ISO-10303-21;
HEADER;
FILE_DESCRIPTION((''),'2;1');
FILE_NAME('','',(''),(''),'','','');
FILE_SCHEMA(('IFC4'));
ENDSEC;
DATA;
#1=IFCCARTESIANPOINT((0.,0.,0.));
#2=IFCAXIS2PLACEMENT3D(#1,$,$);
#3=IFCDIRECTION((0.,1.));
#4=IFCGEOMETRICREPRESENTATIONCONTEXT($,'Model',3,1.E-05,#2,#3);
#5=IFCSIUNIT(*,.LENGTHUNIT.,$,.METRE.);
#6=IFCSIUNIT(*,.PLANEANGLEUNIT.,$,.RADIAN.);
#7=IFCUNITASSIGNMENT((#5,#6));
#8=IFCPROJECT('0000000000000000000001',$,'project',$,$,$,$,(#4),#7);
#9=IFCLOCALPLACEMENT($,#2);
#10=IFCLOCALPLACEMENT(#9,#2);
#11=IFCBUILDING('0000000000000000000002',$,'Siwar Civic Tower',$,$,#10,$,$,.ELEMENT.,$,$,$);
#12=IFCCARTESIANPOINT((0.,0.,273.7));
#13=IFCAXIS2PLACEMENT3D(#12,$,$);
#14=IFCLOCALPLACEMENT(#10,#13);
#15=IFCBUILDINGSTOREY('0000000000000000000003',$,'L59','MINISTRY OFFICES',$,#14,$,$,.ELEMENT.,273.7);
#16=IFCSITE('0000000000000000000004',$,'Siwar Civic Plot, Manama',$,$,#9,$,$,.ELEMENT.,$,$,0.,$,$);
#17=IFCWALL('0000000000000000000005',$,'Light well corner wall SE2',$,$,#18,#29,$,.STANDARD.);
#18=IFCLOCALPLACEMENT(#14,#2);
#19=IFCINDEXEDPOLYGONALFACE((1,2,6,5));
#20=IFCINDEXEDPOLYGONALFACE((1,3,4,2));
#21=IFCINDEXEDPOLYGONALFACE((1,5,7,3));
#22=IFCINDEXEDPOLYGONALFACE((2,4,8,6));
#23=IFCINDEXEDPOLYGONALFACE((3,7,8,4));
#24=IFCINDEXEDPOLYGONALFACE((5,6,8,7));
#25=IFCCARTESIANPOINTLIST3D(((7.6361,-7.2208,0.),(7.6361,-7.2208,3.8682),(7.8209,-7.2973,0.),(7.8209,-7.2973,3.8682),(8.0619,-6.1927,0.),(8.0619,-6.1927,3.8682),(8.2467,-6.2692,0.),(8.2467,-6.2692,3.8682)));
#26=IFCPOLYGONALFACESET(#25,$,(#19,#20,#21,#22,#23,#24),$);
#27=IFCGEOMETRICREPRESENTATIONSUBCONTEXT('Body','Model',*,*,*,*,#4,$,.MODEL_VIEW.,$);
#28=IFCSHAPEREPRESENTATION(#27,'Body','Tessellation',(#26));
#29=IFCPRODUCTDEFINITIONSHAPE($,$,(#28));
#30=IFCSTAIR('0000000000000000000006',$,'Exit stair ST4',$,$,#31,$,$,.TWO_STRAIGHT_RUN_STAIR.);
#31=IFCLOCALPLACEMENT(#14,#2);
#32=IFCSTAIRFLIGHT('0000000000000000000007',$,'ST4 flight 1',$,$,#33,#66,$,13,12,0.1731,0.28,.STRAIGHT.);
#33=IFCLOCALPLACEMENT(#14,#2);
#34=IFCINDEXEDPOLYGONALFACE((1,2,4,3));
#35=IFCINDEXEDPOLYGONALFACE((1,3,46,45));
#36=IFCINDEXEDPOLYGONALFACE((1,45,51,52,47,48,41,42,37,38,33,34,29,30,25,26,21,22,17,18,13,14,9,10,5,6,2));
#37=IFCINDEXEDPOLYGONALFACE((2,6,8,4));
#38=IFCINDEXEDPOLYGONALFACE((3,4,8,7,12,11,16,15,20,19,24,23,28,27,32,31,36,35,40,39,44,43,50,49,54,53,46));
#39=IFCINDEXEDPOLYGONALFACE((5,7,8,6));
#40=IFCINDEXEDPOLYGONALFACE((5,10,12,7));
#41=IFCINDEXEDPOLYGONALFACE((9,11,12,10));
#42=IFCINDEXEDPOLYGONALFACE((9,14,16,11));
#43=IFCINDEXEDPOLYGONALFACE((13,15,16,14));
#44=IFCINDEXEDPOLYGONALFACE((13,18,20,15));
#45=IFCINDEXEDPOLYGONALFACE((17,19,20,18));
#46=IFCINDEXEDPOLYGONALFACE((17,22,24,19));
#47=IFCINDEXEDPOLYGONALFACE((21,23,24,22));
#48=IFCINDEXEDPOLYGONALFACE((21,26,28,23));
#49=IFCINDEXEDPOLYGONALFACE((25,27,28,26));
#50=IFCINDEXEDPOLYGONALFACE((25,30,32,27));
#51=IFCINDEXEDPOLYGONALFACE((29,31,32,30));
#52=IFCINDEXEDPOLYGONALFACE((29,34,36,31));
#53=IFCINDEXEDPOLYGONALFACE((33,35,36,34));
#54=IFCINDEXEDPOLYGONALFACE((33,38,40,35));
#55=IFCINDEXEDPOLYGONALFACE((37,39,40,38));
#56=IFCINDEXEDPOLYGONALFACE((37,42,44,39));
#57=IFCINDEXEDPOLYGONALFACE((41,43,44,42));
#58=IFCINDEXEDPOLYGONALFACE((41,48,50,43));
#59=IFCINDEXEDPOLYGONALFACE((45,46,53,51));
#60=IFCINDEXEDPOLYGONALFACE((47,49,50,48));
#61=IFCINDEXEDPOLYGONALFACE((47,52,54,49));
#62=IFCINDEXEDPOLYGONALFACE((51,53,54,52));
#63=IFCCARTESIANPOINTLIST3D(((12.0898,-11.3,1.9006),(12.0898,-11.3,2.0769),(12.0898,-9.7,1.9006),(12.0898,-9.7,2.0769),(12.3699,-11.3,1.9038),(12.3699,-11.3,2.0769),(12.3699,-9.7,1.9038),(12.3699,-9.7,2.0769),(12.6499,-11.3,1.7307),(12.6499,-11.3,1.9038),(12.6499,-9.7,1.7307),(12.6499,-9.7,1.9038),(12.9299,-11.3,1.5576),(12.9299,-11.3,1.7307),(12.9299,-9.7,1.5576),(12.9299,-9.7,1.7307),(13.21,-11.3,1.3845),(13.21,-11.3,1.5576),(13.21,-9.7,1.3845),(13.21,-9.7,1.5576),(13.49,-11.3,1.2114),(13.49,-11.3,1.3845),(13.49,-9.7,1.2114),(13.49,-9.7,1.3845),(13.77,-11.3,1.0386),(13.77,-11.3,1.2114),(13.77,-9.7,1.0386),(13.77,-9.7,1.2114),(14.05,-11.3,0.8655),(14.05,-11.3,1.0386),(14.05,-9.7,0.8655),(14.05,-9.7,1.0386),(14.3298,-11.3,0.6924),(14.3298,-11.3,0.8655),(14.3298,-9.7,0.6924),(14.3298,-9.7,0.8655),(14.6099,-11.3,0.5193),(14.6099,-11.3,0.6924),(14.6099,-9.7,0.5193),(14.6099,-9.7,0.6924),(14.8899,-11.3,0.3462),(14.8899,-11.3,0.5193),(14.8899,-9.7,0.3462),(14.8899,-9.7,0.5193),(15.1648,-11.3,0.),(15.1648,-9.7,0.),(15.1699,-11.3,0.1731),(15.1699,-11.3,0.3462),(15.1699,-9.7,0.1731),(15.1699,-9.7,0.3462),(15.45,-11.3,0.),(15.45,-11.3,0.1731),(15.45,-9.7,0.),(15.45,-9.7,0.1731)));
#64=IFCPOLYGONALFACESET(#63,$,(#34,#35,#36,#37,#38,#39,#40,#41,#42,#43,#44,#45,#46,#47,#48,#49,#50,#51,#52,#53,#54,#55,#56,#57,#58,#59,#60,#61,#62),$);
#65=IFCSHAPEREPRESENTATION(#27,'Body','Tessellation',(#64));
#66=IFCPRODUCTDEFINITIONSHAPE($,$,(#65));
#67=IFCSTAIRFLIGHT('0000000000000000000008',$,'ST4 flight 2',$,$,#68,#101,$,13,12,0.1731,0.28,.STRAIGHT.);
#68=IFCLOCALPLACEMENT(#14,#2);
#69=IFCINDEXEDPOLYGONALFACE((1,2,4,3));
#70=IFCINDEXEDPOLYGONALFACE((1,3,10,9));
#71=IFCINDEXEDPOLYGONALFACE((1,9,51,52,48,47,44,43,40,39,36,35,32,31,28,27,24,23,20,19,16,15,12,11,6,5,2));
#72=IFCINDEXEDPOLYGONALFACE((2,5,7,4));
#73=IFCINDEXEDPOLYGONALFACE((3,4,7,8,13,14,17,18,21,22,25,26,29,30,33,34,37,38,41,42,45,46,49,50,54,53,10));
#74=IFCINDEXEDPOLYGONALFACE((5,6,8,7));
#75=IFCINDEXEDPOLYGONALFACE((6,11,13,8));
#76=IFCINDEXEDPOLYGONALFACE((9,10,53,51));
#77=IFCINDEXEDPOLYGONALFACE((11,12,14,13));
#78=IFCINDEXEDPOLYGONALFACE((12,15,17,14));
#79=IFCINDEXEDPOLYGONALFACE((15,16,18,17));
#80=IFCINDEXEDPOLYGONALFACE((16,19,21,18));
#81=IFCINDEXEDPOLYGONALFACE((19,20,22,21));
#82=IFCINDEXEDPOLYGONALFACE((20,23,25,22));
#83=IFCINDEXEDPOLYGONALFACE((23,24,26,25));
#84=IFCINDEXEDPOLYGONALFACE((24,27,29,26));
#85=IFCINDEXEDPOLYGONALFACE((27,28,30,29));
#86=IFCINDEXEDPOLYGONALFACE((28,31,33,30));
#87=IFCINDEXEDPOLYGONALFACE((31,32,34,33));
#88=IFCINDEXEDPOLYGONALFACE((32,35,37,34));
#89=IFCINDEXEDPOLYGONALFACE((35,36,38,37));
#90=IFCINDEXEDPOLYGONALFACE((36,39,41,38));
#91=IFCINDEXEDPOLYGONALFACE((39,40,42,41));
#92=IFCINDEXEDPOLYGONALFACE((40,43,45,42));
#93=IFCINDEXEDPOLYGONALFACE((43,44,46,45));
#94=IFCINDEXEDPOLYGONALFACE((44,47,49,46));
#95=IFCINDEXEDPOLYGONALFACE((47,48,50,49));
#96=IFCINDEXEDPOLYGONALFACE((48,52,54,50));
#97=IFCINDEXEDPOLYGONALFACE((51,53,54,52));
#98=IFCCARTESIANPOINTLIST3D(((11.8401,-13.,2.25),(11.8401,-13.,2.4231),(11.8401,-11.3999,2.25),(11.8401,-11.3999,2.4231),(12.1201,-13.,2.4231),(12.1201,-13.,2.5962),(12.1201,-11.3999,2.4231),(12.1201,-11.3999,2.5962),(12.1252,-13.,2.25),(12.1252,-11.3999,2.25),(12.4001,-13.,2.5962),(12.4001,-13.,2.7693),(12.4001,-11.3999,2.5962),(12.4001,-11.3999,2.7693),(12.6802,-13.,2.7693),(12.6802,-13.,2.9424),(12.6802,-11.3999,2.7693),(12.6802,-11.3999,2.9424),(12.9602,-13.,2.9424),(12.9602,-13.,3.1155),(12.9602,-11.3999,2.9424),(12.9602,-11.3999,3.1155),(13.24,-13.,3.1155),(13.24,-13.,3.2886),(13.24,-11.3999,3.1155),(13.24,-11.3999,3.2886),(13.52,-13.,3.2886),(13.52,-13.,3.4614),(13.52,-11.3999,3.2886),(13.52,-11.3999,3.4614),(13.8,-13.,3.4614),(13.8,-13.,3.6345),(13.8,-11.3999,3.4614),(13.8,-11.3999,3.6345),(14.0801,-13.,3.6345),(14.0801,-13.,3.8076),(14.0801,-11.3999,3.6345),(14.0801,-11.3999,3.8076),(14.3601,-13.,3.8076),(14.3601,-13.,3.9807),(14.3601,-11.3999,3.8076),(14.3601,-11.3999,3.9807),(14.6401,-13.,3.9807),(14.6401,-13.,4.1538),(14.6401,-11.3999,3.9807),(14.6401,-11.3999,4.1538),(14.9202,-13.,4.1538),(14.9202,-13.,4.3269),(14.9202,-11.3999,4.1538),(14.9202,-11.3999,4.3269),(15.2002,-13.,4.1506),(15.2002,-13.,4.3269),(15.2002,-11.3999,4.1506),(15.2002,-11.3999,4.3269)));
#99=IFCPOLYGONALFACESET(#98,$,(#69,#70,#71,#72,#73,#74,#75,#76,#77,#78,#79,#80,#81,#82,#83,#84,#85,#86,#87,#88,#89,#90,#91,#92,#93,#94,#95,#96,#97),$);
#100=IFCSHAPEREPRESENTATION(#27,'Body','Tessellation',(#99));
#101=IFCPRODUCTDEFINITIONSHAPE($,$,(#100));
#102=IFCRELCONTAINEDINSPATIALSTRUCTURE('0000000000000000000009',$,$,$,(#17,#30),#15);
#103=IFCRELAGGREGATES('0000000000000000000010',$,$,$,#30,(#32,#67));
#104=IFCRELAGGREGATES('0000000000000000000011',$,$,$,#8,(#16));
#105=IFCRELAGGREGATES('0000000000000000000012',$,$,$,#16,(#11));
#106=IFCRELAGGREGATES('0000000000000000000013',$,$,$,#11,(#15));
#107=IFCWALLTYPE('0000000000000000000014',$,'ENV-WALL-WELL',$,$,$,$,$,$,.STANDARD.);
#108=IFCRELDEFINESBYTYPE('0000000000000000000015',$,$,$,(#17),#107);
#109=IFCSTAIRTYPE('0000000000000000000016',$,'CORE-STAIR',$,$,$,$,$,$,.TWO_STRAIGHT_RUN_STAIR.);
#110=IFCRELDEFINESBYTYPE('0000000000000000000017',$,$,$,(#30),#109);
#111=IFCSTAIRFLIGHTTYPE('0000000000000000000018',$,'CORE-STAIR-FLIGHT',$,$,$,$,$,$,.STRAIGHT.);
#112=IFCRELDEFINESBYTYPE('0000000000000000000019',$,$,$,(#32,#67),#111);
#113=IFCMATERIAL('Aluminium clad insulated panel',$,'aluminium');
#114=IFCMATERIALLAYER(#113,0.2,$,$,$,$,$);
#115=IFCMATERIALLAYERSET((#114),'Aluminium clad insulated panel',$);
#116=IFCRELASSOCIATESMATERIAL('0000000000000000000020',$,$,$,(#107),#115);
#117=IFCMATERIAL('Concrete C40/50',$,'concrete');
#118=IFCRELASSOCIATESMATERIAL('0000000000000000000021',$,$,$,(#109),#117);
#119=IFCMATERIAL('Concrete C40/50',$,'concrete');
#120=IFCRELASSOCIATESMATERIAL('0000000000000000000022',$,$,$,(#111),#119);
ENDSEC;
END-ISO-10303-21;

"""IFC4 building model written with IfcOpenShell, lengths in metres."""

from ifc_helpers import new_model, si_unit, direction, frame, frame_2d, origin, place, context, subcontext, project, spatial, polyline, rectangle, outline, extrude, material, layer, layer_set, type_object, element, aggregate, save


model = new_model("IFC4")

# Units and contexts
model_context = context("Model", 3, precision=1e-05, world=origin(), true_north=direction((0.0, 1.0)))
body_context = subcontext(model_context, "Body", "Model", "MODEL_VIEW")
ifc_project = project(units=[si_unit("LENGTHUNIT", "METRE"), si_unit("PLANEANGLEUNIT", "RADIAN")], contexts=[model_context])

# Site, building, storey
site_placement = place(None, origin())
site = spatial("IfcSite", under=ifc_project, at=site_placement, Name="Siwar Civic Plot, Manama", CompositionType="ELEMENT", RefElevation=0.0)
building_placement = place(site_placement, origin())
building = spatial("IfcBuilding", under=site, at=building_placement, Name="Siwar Civic Tower", CompositionType="ELEMENT")
storey_placement = place(building_placement, frame((0.0, 0.0, 273.7)))
storey = spatial("IfcBuildingStorey", under=building, at=storey_placement, Name="L59", Description="MINISTRY OFFICES", CompositionType="ELEMENT", Elevation=273.7)

# Wall
ifc_material_1 = material(Name="Aluminium clad insulated panel", Category="aluminium")
ifc_layer_1 = layer(ifc_material_1, 0.2)
ifc_layer_set_1 = layer_set([ifc_layer_1], Name="Aluminium clad insulated panel")
wall_type_1 = type_object("IfcWallType", Name="ENV-WALL-WELL", PredefinedType="STANDARD", material=ifc_layer_set_1)
wall_1_placement = place(storey_placement, frame((7.7285, -7.259, 0.0), z_axis=(0.0, 0.0, 1.0), x_axis=(0.382636, 0.923899, 0.0)))
element("IfcWall", 1, at=wall_1_placement, inside=storey, type_object=wall_type_1, Name="Light well corner wall SE2", PredefinedType="STANDARD", context=body_context, shape_type="SweptSolid", body=[
    extrude(rectangle(XDim=1.1128, YDim=0.2, at=frame_2d((0.5564, 0.0))), origin(), (0.0, 0.0, 1.0), 3.8682),
])

# Stair, stair flights
ifc_material_2 = material(Name="Concrete C40/50", Category="concrete")
stair_type = type_object("IfcStairType", Name="CORE-STAIR", PredefinedType="TWO_STRAIGHT_RUN_STAIR", material=ifc_material_2)
stair_placement = place(storey_placement, origin())
stair = element("IfcStair", 2, at=stair_placement, inside=storey, type_object=stair_type, Name="Exit stair ST4", PredefinedType="TWO_STRAIGHT_RUN_STAIR")
ifc_material_3 = material(Name="Concrete C40/50", Category="concrete")
stair_flight_type = type_object("IfcStairFlightType", Name="CORE-STAIR-FLIGHT", PredefinedType="STRAIGHT", material=ifc_material_3)
stair_flight_1_placement = place(storey_placement, frame((15.45, -10.5, 0.0), z_axis=(0.0, 0.0, 1.0), x_axis=(-1.0, 0.0, 0.0)))
stair_flight_1 = element("IfcStairFlight", 3, at=stair_flight_1_placement, type_object=stair_flight_type, Name="ST4 flight 1", NumberOfRisers=13, NumberOfTreads=12, PredefinedType="STRAIGHT", RiserHeight=0.1731, TreadLength=0.28, context=body_context, shape_type="SweptSolid", body=[
    extrude(outline(polyline([(0.0, 0.0), (0.0, 0.1731), (0.28, 0.1731), (0.28, 0.3462), (0.5601, 0.3462), (0.5601, 0.5193), (0.8401, 0.5193), (0.8401, 0.6924), (1.1201, 0.6924), (1.1201, 0.8655), (1.3999, 0.8655), (1.3999, 1.0386), (1.6799, 1.0386), (1.6799, 1.2114), (1.96, 1.2114), (1.96, 1.3845), (2.24, 1.3845), (2.24, 1.5576), (2.52, 1.5576), (2.52, 1.7307), (2.8, 1.7307), (2.8, 1.9038), (3.0801, 1.9038), (3.0801, 2.0769), (3.3601, 2.0769), (3.3601, 2.25), (3.3601, 1.9006), (0.2852, 0.0), (0.0, 0.0)])), frame((0.0, 0.8, 0.0), z_axis=(0.0, -1.0, 0.0), x_axis=(1.0, 0.0, 0.0)), (0.0, 0.0, 1.0), 1.6001),
])
stair_flight_2_placement = place(storey_placement, frame((11.8401, -12.2, 2.25), z_axis=(0.0, 0.0, 1.0), x_axis=(1.0, 0.0, 0.0)))
stair_flight_2 = element("IfcStairFlight", 4, at=stair_flight_2_placement, type_object=stair_flight_type, Name="ST4 flight 2", NumberOfRisers=13, NumberOfTreads=12, PredefinedType="STRAIGHT", RiserHeight=0.1731, TreadLength=0.28, context=body_context, shape_type="SweptSolid", body=[
    extrude(outline(polyline([(0.0, 0.0), (0.0, 0.1731), (0.28, 0.1731), (0.28, 0.3462), (0.5601, 0.3462), (0.5601, 0.5193), (0.8401, 0.5193), (0.8401, 0.6924), (1.1201, 0.6924), (1.1201, 0.8655), (1.3999, 0.8655), (1.3999, 1.0386), (1.6799, 1.0386), (1.6799, 1.2114), (1.96, 1.2114), (1.96, 1.3845), (2.24, 1.3845), (2.24, 1.5576), (2.52, 1.5576), (2.52, 1.7307), (2.8, 1.7307), (2.8, 1.9038), (3.0801, 1.9038), (3.0801, 2.0769), (3.3601, 2.0769), (3.3601, 2.25), (3.3601, 1.9006), (0.2852, 0.0), (0.0, 0.0)])), frame((0.0, 0.8, 0.0), z_axis=(0.0, -1.0, 0.0), x_axis=(1.0, 0.0, 0.0)), (0.0, 0.0, 1.0), 1.6001),
])
aggregate(stair, [stair_flight_1, stair_flight_2])

save(model, "model.ifc")
